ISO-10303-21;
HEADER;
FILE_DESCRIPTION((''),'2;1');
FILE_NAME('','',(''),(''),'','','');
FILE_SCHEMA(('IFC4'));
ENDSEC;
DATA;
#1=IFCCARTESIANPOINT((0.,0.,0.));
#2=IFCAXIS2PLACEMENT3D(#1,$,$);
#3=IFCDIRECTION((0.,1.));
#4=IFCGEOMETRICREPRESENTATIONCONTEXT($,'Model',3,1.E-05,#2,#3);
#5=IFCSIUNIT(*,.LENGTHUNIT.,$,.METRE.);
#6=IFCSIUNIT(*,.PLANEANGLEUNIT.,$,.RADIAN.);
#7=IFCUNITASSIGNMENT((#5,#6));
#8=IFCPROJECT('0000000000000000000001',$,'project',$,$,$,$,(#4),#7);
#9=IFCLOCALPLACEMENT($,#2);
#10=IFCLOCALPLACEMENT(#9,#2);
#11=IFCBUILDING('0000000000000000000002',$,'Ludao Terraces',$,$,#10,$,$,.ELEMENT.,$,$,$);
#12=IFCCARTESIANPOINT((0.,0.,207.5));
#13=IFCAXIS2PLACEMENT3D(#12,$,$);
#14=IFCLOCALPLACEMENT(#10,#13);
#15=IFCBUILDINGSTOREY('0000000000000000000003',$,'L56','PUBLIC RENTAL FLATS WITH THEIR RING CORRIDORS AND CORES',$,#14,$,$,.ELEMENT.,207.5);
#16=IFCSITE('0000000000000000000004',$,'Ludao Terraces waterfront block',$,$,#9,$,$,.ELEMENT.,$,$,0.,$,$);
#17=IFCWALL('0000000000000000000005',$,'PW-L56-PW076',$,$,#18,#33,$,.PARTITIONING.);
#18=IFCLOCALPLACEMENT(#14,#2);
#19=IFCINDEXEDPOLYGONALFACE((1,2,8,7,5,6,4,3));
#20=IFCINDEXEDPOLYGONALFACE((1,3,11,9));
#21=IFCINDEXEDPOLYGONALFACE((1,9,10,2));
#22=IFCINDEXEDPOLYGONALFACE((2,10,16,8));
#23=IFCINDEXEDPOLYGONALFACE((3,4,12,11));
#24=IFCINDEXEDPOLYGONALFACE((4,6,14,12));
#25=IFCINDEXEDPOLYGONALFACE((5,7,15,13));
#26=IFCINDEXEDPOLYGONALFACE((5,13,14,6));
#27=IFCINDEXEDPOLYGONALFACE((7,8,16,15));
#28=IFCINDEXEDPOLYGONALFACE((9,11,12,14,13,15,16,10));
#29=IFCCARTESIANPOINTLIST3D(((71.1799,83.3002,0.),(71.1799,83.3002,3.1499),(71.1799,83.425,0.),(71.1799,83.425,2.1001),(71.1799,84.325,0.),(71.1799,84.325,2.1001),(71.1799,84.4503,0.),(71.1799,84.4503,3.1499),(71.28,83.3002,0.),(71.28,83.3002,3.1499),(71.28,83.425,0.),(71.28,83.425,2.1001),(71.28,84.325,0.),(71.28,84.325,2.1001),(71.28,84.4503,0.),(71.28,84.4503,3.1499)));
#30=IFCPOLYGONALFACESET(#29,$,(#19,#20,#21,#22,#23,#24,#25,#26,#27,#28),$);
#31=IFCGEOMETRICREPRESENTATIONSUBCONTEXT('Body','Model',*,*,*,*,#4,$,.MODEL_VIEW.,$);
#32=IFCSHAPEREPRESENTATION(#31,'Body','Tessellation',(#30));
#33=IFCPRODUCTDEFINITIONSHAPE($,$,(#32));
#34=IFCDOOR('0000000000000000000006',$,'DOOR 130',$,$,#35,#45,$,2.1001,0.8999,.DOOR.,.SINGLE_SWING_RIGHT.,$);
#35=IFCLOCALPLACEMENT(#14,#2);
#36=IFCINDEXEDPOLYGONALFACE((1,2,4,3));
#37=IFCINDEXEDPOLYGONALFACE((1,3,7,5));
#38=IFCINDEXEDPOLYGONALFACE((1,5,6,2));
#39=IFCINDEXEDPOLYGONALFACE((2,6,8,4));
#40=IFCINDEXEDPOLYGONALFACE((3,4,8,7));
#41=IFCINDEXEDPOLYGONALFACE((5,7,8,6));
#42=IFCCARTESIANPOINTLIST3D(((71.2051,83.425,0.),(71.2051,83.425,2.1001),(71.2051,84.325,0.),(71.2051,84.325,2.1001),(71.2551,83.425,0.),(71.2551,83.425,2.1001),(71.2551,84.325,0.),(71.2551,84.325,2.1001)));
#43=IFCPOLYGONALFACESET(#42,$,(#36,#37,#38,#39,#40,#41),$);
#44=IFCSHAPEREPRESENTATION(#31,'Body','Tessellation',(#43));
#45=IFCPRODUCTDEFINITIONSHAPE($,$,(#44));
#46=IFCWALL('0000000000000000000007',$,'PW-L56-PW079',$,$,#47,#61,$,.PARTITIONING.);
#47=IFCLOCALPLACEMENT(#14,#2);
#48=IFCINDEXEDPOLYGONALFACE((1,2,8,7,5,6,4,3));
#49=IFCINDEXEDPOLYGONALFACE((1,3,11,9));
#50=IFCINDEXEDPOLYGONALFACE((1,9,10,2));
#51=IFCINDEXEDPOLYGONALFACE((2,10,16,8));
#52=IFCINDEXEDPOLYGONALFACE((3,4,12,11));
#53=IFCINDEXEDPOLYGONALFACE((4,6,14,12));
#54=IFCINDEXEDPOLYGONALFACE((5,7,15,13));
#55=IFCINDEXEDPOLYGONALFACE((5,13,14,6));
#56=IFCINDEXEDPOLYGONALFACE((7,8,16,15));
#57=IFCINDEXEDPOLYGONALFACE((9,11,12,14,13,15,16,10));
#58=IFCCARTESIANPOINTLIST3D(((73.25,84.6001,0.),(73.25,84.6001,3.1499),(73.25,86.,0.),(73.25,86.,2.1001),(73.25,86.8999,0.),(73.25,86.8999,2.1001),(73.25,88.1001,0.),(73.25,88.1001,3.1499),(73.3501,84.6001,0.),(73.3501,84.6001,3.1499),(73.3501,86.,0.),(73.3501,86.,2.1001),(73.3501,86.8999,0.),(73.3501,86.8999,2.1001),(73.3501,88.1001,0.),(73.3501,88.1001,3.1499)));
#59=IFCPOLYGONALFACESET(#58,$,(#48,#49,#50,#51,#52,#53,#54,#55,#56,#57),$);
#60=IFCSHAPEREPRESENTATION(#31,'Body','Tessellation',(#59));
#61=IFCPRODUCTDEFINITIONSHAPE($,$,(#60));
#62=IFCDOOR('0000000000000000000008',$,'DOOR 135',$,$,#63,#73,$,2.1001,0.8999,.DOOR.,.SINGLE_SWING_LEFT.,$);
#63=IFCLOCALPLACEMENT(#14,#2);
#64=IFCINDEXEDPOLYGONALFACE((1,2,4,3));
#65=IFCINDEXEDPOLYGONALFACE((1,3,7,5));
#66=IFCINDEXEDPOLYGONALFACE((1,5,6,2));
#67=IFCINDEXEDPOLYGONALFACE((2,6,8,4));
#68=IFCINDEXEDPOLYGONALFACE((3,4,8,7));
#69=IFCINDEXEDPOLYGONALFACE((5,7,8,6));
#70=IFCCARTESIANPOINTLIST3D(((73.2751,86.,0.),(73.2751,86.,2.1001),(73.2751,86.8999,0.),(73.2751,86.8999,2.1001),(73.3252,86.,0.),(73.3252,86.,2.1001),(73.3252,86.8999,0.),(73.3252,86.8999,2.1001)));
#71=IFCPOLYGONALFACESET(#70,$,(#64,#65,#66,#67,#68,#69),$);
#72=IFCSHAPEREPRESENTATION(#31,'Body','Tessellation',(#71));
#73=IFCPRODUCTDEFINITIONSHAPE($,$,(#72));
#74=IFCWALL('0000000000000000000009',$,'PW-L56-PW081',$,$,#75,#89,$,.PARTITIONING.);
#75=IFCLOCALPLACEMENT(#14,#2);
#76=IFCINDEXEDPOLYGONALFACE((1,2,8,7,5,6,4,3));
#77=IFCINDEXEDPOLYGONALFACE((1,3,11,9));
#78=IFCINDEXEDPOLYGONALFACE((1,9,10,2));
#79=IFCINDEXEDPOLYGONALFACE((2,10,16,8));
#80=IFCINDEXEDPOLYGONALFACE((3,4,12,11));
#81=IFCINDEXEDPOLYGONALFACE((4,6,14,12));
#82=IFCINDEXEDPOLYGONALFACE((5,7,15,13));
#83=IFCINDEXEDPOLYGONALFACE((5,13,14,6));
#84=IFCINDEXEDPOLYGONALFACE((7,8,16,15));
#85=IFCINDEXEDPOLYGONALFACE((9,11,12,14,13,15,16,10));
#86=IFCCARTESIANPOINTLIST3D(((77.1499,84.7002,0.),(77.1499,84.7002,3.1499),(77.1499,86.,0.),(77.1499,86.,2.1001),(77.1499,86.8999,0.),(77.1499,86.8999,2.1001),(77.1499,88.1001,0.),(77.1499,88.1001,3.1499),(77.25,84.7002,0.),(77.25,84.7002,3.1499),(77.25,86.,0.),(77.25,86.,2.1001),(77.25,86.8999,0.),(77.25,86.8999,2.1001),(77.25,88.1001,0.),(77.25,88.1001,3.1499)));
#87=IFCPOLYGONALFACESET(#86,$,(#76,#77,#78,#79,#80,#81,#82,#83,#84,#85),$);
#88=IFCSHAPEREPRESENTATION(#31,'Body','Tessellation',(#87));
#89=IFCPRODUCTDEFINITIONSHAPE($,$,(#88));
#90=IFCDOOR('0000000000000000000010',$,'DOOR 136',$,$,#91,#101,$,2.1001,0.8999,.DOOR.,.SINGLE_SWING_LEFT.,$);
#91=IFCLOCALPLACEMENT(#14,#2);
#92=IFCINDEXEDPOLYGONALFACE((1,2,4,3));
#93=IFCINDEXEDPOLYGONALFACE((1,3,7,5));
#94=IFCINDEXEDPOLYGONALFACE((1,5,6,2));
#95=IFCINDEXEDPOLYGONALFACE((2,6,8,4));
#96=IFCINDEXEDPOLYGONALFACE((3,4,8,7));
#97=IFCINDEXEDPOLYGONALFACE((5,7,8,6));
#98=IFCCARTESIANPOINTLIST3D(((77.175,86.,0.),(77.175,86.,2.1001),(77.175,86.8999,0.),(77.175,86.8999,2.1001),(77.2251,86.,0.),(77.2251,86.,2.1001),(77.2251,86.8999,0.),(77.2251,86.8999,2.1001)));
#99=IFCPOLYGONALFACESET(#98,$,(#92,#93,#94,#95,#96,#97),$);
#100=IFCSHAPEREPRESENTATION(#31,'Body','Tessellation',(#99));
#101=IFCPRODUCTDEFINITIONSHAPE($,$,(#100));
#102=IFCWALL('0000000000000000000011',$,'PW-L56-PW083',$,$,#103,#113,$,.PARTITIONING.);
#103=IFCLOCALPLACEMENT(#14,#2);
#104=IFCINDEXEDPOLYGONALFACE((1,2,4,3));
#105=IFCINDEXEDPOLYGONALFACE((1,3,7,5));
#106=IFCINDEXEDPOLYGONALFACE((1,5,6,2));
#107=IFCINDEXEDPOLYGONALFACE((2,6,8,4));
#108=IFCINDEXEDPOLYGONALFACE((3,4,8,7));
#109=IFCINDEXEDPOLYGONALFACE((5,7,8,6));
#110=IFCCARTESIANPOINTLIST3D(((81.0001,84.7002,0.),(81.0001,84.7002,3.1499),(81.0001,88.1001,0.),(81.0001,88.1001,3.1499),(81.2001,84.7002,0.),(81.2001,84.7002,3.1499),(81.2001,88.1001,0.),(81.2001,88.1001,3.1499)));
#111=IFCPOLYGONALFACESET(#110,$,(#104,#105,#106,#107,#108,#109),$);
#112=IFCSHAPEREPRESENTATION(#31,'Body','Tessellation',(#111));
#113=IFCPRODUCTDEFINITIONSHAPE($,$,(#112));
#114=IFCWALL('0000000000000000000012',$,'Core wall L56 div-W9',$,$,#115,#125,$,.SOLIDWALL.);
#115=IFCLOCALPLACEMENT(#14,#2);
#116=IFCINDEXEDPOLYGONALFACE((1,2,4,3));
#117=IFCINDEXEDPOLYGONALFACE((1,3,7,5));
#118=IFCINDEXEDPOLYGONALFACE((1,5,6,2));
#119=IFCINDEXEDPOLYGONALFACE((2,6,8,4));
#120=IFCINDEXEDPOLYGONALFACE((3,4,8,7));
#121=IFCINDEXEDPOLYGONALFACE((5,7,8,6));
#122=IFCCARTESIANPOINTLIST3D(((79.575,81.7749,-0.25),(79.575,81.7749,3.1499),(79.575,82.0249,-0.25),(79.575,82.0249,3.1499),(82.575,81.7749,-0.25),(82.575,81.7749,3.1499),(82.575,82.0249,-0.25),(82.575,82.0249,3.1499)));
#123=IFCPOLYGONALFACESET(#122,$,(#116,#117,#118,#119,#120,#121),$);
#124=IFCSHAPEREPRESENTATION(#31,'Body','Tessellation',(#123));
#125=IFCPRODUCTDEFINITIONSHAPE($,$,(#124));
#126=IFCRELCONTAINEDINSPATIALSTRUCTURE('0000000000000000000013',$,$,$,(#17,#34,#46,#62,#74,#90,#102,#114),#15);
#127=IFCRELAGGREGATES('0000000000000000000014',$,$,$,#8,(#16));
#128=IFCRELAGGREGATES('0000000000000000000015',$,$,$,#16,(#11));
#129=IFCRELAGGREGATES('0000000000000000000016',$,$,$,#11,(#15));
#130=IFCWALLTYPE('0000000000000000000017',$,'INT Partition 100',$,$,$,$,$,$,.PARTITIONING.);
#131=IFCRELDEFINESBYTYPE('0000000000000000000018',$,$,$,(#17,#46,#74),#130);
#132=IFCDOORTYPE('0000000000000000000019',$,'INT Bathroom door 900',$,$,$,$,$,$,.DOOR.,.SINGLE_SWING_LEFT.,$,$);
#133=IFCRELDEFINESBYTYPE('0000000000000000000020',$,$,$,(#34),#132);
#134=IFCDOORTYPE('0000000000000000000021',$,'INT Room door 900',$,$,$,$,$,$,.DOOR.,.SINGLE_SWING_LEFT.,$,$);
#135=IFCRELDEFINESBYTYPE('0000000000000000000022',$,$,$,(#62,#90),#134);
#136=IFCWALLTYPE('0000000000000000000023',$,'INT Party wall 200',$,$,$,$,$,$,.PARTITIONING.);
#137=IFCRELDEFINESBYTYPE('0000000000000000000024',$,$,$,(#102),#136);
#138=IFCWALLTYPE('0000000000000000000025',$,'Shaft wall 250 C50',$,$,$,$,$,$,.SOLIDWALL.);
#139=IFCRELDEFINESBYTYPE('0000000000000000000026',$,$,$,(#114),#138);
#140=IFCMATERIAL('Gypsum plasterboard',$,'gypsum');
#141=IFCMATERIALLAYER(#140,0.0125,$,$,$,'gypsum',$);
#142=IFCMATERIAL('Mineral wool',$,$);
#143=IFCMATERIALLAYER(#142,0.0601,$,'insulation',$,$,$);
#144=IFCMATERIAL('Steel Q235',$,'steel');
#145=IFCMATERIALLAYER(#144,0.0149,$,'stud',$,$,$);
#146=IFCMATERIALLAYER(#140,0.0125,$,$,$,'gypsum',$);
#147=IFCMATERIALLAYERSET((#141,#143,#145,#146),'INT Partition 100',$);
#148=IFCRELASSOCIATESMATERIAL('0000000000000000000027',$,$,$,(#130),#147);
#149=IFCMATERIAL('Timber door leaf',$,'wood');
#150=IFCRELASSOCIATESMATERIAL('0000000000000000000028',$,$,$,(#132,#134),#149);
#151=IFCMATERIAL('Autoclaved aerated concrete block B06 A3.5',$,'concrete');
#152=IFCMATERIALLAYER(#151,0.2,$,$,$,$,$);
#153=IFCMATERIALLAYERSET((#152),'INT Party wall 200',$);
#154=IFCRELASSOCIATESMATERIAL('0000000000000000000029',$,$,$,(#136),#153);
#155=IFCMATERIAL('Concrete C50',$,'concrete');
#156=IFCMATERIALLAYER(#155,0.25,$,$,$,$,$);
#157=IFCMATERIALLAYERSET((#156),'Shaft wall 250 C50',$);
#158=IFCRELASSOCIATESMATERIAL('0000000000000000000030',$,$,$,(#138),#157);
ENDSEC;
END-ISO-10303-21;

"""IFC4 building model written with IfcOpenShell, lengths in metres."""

from ifc_helpers import new_model, si_unit, direction, frame, frame_2d, origin, place, context, subcontext, project, spatial, rectangle, extrude, material, layer, layer_set, type_object, element, fill, save


model = new_model("IFC4")

# Units and contexts
model_context = context("Model", 3, precision=1e-05, world=origin(), true_north=direction((0.0, 1.0)))
body_context = subcontext(model_context, "Body", "Model", "MODEL_VIEW")
ifc_project = project(units=[si_unit("LENGTHUNIT", "METRE"), si_unit("PLANEANGLEUNIT", "RADIAN")], contexts=[model_context])

# Site, building, storey
site_placement = place(None, origin())
site = spatial("IfcSite", under=ifc_project, at=site_placement, Name="Ludao Terraces waterfront block", CompositionType="ELEMENT", RefElevation=0.0)
building_placement = place(site_placement, origin())
building = spatial("IfcBuilding", under=site, at=building_placement, Name="Ludao Terraces", CompositionType="ELEMENT")
storey_placement = place(building_placement, frame((0.0, 0.0, 207.5)))
storey = spatial("IfcBuildingStorey", under=building, at=storey_placement, Name="L56", Description="PUBLIC RENTAL FLATS WITH THEIR RING CORRIDORS AND CORES", CompositionType="ELEMENT", Elevation=207.5)

# Shared definitions
ifc_material_1 = material(Name="Concrete C50", Category="concrete")

# Shared definitions
ifc_material_2 = material(Name="Mineral wool")

# Shared definitions
ifc_material_3 = material(Name="Autoclaved aerated concrete block B06 A3.5", Category="concrete")

# Walls, openings, doors
ifc_material_4 = material(Name="Gypsum plasterboard", Category="gypsum")
ifc_layer_1 = layer(ifc_material_4, 0.0125, Category="gypsum")
ifc_layer_2 = layer(ifc_material_2, 0.0601, Name="insulation")
ifc_material_5 = material(Name="Steel Q235", Category="steel")
ifc_layer_3 = layer(ifc_material_5, 0.0149, Name="stud")
ifc_layer_4 = layer(ifc_material_4, 0.0125, Category="gypsum")
ifc_layer_set_1 = layer_set([ifc_layer_1, ifc_layer_2, ifc_layer_3, ifc_layer_4], Name="INT Partition 100")
wall_type_1 = type_object("IfcWallType", Name="INT Partition 100", PredefinedType="PARTITIONING", material=ifc_layer_set_1)
wall_1_placement = place(storey_placement, frame((71.23, 83.3, 0.0), z_axis=(0.0, 0.0, 1.0), x_axis=(0.0, 1.0, 0.0)))
wall_1 = element("IfcWall", 1, at=wall_1_placement, inside=storey, type_object=wall_type_1, Name="PW-L56-PW076", PredefinedType="PARTITIONING", context=body_context, shape_type="SweptSolid", body=[
    extrude(rectangle(XDim=1.1501, YDim=0.1001, at=frame_2d((0.5752, 0.0))), origin(), (0.0, 0.0, 1.0), 3.1499),
])
opening_1_placement = place(wall_1_placement, frame((0.125, 0.0, 0.0)))
opening_1 = element("IfcOpeningElement", 2, at=opening_1_placement, cuts=wall_1, PredefinedType="OPENING", context=body_context, shape_type="SweptSolid", body=[
    extrude(rectangle(XDim=0.8999, YDim=2.1001, at=frame_2d((0.45, 1.05))), frame((0.0, 0.0601, 0.0), z_axis=(0.0, -1.0, 0.0), x_axis=(1.0, 0.0, 0.0)), (0.0, 0.0, 1.0), 0.1201),
])
ifc_material_6 = material(Name="Timber door leaf", Category="wood")
door_type_1 = type_object("IfcDoorType", Name="INT Bathroom door 900", OperationType="SINGLE_SWING_LEFT", PredefinedType="DOOR", material=ifc_material_6)
door_1_placement = place(opening_1_placement, origin())
door_1 = element("IfcDoor", 3, at=door_1_placement, inside=storey, type_object=door_type_1, Name="DOOR 130", OperationType="SINGLE_SWING_RIGHT", OverallHeight=2.1001, OverallWidth=0.8999, PredefinedType="DOOR", context=body_context, shape_type="SweptSolid", body=[
    extrude(rectangle(XDim=0.8999, YDim=2.1001, at=frame_2d((0.45, 1.05))), frame((0.0, 0.0249, 0.0), z_axis=(0.0, -1.0, 0.0), x_axis=(1.0, 0.0, 0.0)), (0.0, 0.0, 1.0), 0.05),
])
fill(opening_1, door_1)
wall_2_placement = place(storey_placement, frame((73.3, 84.6001, 0.0), z_axis=(0.0, 0.0, 1.0), x_axis=(0.0, 1.0, 0.0)))
wall_2 = element("IfcWall", 4, at=wall_2_placement, inside=storey, type_object=wall_type_1, Name="PW-L56-PW079", PredefinedType="PARTITIONING", context=body_context, shape_type="SweptSolid", body=[
    extrude(rectangle(XDim=3.5, YDim=0.1001, at=frame_2d((1.75, 0.0))), origin(), (0.0, 0.0, 1.0), 3.1499),
])
opening_2_placement = place(wall_2_placement, frame((1.3999, 0.0, 0.0)))
opening_2 = element("IfcOpeningElement", 5, at=opening_2_placement, cuts=wall_2, PredefinedType="OPENING", context=body_context, shape_type="SweptSolid", body=[
    extrude(rectangle(XDim=0.8999, YDim=2.1001, at=frame_2d((0.45, 1.05))), frame((0.0, 0.0601, 0.0), z_axis=(0.0, -1.0, 0.0), x_axis=(1.0, 0.0, 0.0)), (0.0, 0.0, 1.0), 0.1201),
])
door_type_2 = type_object("IfcDoorType", Name="INT Room door 900", OperationType="SINGLE_SWING_LEFT", PredefinedType="DOOR", material=ifc_material_6)
door_2_placement = place(opening_2_placement, origin())
door_2 = element("IfcDoor", 6, at=door_2_placement, inside=storey, type_object=door_type_2, Name="DOOR 135", OperationType="SINGLE_SWING_LEFT", OverallHeight=2.1001, OverallWidth=0.8999, PredefinedType="DOOR", context=body_context, shape_type="SweptSolid", body=[
    extrude(rectangle(XDim=0.8999, YDim=2.1001, at=frame_2d((0.45, 1.05))), frame((0.0, 0.0249, 0.0), z_axis=(0.0, -1.0, 0.0), x_axis=(1.0, 0.0, 0.0)), (0.0, 0.0, 1.0), 0.05),
])
fill(opening_2, door_2)
wall_3_placement = place(storey_placement, frame((77.2, 84.7002, 0.0), z_axis=(0.0, 0.0, 1.0), x_axis=(0.0, 1.0, 0.0)))
wall_3 = element("IfcWall", 7, at=wall_3_placement, inside=storey, type_object=wall_type_1, Name="PW-L56-PW081", PredefinedType="PARTITIONING", context=body_context, shape_type="SweptSolid", body=[
    extrude(rectangle(XDim=3.3999, YDim=0.1001, at=frame_2d((1.7, 0.0))), origin(), (0.0, 0.0, 1.0), 3.1499),
])
opening_3_placement = place(wall_3_placement, frame((1.2998, 0.0, 0.0)))
opening_3 = element("IfcOpeningElement", 8, at=opening_3_placement, cuts=wall_3, PredefinedType="OPENING", context=body_context, shape_type="SweptSolid", body=[
    extrude(rectangle(XDim=0.8999, YDim=2.1001, at=frame_2d((0.45, 1.05))), frame((0.0, 0.0601, 0.0), z_axis=(0.0, -1.0, 0.0), x_axis=(1.0, 0.0, 0.0)), (0.0, 0.0, 1.0), 0.1201),
])
door_3_placement = place(opening_3_placement, origin())
door_3 = element("IfcDoor", 9, at=door_3_placement, inside=storey, type_object=door_type_2, Name="DOOR 136", OperationType="SINGLE_SWING_LEFT", OverallHeight=2.1001, OverallWidth=0.8999, PredefinedType="DOOR", context=body_context, shape_type="SweptSolid", body=[
    extrude(rectangle(XDim=0.8999, YDim=2.1001, at=frame_2d((0.45, 1.05))), frame((0.0, 0.0249, 0.0), z_axis=(0.0, -1.0, 0.0), x_axis=(1.0, 0.0, 0.0)), (0.0, 0.0, 1.0), 0.05),
])
fill(opening_3, door_3)

# Walls
ifc_layer_5 = layer(ifc_material_3, 0.2)
ifc_layer_set_2 = layer_set([ifc_layer_5], Name="INT Party wall 200")
wall_type_2 = type_object("IfcWallType", Name="INT Party wall 200", PredefinedType="PARTITIONING", material=ifc_layer_set_2)
wall_4_placement = place(storey_placement, frame((81.1001, 84.7002, 0.0), z_axis=(0.0, 0.0, 1.0), x_axis=(0.0, 1.0, 0.0)))
element("IfcWall", 10, at=wall_4_placement, inside=storey, type_object=wall_type_2, Name="PW-L56-PW083", PredefinedType="PARTITIONING", context=body_context, shape_type="SweptSolid", body=[
    extrude(rectangle(XDim=3.3999, YDim=0.2, at=frame_2d((1.7, 0.0))), origin(), (0.0, 0.0, 1.0), 3.1499),
])
ifc_layer_6 = layer(ifc_material_1, 0.25)
ifc_layer_set_3 = layer_set([ifc_layer_6], Name="Shaft wall 250 C50")
wall_type_3 = type_object("IfcWallType", Name="Shaft wall 250 C50", PredefinedType="SOLIDWALL", material=ifc_layer_set_3)
wall_5_placement = place(storey_placement, frame((79.575, 81.8999, -0.25), z_axis=(0.0, 0.0, 1.0), x_axis=(1.0, 0.0, 0.0)))
element("IfcWall", 11, at=wall_5_placement, inside=storey, type_object=wall_type_3, Name="Core wall L56 div-W9", PredefinedType="SOLIDWALL", context=body_context, shape_type="SweptSolid", body=[
    extrude(rectangle(XDim=3.0, YDim=0.25, at=frame_2d((1.5, 0.0))), origin(), (0.0, 0.0, 1.0), 3.3999),
])

save(model, "model.ifc")
